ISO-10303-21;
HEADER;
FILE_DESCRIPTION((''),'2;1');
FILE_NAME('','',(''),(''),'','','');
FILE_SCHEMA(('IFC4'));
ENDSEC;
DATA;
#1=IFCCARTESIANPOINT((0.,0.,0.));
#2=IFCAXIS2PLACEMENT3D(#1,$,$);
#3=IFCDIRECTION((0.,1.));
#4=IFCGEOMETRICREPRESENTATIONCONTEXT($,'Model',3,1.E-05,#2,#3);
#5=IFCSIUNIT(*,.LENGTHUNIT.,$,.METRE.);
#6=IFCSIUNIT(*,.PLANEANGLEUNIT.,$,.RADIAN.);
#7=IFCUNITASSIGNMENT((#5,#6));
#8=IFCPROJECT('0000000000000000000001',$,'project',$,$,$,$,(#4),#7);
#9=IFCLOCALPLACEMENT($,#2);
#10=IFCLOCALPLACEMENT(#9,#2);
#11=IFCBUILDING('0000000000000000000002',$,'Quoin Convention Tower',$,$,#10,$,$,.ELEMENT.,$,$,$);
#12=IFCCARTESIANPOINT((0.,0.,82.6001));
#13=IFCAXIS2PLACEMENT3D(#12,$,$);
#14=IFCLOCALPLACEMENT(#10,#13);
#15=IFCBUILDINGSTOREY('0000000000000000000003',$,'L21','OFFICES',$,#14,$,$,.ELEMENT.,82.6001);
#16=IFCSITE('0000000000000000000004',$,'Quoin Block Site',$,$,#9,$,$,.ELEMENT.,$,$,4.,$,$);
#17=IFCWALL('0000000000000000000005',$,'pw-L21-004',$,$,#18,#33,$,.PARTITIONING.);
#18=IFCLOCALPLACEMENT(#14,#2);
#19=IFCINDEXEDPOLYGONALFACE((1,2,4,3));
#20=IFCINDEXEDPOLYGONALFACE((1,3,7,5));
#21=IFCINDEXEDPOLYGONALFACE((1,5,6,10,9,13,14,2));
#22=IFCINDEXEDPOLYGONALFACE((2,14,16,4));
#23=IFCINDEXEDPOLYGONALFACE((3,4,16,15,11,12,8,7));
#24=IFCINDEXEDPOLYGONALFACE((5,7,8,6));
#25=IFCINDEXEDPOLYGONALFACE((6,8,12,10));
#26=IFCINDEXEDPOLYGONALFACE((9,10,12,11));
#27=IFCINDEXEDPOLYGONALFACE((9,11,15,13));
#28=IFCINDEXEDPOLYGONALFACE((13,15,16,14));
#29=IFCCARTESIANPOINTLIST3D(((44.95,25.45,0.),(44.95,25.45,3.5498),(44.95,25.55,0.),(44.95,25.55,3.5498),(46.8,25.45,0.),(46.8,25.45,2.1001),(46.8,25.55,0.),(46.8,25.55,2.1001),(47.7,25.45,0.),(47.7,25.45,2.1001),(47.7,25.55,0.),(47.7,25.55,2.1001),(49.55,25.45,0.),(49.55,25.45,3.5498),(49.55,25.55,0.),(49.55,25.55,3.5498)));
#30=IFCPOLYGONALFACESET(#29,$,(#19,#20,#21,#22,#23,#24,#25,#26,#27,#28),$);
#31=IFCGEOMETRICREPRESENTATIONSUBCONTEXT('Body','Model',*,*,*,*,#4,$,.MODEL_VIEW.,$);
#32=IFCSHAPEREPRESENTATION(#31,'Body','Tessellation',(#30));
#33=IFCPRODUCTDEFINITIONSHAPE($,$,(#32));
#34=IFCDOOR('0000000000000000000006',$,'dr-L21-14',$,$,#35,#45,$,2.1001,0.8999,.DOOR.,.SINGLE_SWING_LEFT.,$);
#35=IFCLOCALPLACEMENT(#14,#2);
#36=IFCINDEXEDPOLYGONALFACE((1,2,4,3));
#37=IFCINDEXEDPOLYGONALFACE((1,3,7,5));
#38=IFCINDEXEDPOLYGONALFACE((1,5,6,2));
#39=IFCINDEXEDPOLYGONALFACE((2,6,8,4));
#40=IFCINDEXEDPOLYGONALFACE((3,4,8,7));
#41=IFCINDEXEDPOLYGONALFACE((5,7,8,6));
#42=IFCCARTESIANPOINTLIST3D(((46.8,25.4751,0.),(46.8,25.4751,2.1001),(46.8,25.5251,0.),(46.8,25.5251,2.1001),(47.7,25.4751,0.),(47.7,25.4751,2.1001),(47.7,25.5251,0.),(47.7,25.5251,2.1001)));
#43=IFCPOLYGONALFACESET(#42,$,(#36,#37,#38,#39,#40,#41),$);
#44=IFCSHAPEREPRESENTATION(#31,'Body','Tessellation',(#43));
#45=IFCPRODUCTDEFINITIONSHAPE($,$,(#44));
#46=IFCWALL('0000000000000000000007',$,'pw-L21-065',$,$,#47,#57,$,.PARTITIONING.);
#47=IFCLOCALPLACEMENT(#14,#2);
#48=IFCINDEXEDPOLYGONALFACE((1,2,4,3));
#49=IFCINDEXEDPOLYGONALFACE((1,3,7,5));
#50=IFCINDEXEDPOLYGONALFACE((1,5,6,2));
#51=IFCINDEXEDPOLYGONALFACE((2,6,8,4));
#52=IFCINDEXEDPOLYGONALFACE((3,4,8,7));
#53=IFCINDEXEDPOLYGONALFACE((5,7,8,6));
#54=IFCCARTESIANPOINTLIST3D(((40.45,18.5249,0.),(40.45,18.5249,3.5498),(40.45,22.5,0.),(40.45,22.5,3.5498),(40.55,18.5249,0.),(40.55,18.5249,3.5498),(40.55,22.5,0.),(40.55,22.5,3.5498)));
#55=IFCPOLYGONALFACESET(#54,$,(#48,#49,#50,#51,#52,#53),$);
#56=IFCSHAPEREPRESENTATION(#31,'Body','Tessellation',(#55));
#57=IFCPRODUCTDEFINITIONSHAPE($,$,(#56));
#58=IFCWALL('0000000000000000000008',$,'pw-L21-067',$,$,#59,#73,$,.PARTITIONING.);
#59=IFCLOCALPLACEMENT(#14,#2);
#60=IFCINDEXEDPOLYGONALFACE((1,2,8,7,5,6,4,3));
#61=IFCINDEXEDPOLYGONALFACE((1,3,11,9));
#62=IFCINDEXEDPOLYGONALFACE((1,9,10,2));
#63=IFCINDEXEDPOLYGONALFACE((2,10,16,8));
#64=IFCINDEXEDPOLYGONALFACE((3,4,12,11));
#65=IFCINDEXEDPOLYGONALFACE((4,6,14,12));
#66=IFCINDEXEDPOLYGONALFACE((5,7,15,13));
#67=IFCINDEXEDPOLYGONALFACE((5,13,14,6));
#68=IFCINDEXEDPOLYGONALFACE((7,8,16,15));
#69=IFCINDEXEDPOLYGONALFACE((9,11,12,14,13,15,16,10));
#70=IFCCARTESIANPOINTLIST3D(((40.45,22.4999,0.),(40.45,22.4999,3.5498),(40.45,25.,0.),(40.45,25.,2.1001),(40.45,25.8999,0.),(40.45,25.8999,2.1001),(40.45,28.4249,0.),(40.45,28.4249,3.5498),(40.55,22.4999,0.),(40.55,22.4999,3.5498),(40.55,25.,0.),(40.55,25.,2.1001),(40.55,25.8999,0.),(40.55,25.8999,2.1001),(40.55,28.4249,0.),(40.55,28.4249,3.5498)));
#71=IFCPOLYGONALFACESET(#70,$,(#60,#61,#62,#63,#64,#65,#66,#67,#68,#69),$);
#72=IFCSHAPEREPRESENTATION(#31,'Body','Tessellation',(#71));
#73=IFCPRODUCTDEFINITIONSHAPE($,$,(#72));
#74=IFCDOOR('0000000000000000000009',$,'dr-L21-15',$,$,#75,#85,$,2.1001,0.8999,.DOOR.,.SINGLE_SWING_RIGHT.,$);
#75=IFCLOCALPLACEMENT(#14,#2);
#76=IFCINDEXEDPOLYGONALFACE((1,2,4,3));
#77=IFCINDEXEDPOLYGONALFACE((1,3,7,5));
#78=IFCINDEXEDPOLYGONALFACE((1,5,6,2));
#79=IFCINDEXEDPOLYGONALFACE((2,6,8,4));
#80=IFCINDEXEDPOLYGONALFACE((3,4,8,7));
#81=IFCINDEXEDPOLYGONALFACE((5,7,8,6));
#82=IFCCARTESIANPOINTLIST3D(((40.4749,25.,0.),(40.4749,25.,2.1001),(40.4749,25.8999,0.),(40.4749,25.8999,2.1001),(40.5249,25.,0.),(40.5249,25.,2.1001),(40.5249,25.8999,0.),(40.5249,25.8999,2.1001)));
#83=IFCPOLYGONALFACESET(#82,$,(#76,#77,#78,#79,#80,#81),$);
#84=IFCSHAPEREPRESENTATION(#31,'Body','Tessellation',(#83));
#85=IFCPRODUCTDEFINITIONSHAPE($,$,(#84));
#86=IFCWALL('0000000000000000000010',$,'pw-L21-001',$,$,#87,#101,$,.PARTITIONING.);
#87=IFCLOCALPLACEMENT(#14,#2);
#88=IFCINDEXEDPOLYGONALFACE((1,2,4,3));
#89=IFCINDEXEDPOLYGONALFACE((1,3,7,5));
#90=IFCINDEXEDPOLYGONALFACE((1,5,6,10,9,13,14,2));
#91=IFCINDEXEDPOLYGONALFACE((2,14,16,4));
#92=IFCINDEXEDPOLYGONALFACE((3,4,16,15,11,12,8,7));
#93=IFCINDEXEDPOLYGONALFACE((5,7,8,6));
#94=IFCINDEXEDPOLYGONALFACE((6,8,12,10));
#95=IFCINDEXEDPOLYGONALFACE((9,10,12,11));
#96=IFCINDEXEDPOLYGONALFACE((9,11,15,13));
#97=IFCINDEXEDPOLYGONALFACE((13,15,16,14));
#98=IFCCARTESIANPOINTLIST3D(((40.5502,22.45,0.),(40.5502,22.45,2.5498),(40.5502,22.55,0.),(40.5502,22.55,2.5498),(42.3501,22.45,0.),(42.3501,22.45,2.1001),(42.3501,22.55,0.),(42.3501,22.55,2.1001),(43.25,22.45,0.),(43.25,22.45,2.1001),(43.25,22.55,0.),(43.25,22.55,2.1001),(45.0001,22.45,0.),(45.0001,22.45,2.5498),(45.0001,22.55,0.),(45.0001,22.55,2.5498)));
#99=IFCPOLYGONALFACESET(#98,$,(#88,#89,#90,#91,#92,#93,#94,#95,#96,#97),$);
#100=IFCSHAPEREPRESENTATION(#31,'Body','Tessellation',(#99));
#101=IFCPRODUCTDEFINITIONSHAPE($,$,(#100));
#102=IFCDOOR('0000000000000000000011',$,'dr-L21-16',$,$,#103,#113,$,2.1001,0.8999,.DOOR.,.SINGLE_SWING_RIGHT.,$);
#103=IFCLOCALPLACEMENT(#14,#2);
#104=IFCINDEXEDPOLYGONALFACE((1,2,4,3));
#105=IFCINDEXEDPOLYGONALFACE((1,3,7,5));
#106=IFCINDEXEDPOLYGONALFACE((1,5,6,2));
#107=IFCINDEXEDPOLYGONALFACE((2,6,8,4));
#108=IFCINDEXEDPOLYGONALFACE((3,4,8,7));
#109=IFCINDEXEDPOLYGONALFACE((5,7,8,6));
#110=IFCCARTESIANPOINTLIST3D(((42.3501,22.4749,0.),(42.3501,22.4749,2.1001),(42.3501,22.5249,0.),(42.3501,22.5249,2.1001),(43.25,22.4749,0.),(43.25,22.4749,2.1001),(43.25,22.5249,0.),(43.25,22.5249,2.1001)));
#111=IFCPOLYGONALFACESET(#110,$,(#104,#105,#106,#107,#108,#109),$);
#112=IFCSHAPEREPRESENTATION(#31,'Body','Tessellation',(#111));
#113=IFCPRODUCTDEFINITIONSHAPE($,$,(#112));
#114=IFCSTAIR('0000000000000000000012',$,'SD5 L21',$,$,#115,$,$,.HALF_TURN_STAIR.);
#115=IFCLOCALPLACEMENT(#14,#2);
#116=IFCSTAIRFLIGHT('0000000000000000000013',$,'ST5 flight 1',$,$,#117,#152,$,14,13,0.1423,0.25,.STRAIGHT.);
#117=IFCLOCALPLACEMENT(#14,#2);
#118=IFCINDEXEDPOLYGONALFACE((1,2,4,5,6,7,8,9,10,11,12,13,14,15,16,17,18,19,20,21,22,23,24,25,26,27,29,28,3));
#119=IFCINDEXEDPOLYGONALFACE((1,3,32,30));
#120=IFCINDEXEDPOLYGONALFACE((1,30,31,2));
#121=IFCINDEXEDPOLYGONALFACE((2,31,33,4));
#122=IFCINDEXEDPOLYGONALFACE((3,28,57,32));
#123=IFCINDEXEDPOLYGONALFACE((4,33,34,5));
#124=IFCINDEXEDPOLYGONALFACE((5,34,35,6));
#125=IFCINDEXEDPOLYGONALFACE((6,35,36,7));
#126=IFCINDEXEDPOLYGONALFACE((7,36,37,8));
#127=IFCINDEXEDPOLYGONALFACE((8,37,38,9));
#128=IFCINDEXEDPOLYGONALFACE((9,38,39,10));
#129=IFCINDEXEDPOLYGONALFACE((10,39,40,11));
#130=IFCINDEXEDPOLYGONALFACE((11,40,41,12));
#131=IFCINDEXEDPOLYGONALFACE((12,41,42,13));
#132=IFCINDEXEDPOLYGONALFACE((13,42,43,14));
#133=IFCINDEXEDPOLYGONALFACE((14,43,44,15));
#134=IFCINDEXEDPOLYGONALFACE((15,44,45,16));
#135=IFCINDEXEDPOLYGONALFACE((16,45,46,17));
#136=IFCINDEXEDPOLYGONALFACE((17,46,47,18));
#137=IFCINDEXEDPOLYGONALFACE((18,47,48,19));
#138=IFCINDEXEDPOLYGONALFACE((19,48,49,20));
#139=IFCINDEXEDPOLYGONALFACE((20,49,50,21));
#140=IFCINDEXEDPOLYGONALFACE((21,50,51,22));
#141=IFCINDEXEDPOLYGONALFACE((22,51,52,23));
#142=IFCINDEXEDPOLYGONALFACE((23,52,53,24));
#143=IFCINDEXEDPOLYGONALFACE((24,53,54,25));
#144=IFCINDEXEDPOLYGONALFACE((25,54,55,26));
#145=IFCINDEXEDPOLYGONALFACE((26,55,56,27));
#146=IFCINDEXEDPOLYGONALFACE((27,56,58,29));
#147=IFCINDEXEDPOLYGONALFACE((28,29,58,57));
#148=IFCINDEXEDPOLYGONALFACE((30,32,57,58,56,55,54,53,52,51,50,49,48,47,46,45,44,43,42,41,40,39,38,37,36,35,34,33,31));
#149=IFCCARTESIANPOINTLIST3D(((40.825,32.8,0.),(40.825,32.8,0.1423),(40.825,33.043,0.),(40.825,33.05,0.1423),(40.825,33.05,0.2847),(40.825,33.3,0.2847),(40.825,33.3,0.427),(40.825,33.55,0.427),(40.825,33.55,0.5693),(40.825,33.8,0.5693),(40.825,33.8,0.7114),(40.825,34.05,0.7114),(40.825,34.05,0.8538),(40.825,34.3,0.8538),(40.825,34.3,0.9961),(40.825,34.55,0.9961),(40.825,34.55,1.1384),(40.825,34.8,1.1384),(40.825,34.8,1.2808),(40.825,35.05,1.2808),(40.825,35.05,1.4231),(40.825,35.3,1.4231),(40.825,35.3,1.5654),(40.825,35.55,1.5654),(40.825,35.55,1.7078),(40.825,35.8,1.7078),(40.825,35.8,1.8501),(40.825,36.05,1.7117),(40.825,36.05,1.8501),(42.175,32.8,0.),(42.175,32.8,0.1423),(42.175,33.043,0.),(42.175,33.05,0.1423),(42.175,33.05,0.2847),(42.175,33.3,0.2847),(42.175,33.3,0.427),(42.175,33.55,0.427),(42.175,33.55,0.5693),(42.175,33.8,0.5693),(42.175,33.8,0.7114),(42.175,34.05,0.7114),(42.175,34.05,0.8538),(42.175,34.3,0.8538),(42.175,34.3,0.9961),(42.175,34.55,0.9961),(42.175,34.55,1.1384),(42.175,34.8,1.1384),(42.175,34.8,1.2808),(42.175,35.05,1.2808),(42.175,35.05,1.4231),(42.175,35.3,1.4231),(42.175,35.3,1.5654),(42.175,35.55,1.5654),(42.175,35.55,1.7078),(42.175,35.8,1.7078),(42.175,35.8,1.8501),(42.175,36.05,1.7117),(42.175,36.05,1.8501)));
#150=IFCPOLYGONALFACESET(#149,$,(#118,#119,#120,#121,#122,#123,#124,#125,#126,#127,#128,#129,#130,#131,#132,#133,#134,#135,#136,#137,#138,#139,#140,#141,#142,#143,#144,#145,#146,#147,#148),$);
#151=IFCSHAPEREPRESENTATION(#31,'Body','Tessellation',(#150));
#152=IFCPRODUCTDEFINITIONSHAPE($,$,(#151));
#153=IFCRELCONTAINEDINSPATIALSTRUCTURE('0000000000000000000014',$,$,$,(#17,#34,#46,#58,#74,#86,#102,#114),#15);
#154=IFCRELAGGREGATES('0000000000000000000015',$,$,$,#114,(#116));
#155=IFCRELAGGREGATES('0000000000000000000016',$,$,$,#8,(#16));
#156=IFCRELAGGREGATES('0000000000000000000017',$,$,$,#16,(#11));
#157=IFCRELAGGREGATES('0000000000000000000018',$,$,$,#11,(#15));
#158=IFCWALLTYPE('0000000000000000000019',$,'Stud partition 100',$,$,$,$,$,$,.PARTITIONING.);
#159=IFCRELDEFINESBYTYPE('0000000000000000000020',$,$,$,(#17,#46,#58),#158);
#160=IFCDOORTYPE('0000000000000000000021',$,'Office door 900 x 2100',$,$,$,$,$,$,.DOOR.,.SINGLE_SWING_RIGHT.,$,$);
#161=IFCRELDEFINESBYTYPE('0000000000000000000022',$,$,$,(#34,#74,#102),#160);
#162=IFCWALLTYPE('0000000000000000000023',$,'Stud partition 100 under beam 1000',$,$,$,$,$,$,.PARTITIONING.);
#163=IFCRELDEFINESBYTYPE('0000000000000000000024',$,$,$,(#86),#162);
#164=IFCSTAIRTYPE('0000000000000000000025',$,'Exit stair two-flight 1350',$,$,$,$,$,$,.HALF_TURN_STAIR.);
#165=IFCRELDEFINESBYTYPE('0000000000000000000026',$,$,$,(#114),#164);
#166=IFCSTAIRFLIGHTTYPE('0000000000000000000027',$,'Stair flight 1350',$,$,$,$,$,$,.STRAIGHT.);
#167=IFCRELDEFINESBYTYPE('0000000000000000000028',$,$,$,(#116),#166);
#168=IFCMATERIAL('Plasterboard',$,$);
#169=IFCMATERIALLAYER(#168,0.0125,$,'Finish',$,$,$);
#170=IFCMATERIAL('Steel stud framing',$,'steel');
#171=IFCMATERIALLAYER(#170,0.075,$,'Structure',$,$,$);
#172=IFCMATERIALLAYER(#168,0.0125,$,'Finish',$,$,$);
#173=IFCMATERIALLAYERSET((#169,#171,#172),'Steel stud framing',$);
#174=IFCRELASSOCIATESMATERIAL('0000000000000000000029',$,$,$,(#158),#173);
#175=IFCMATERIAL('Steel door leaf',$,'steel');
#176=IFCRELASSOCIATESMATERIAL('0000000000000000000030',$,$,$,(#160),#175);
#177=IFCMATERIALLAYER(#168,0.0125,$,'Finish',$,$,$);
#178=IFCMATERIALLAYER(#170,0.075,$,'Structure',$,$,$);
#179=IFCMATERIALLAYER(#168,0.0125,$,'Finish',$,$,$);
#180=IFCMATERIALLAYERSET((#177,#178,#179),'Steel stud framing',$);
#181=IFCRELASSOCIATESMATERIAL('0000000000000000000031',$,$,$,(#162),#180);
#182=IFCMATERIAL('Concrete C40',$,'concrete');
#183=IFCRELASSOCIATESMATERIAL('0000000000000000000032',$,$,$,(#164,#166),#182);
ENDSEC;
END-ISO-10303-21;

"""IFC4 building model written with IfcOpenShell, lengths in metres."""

from ifc_helpers import new_model, si_unit, direction, frame, frame_2d, origin, place, context, subcontext, project, spatial, polyline, rectangle, outline, extrude, material, layer, layer_set, type_object, element, fill, aggregate, save


model = new_model("IFC4")

# Units and contexts
model_context = context("Model", 3, precision=1e-05, world=origin(), true_north=direction((0.0, 1.0)))
body_context = subcontext(model_context, "Body", "Model", "MODEL_VIEW")
ifc_project = project(units=[si_unit("LENGTHUNIT", "METRE"), si_unit("PLANEANGLEUNIT", "RADIAN")], contexts=[model_context])

# Site, building, storey
site_placement = place(None, origin())
site = spatial("IfcSite", under=ifc_project, at=site_placement, Name="Quoin Block Site", CompositionType="ELEMENT", RefElevation=4.0)
building_placement = place(site_placement, origin())
building = spatial("IfcBuilding", under=site, at=building_placement, Name="Quoin Convention Tower", CompositionType="ELEMENT")
storey_placement = place(building_placement, frame((0.0, 0.0, 82.6001)))
storey = spatial("IfcBuildingStorey", under=building, at=storey_placement, Name="L21", Description="OFFICES", CompositionType="ELEMENT", Elevation=82.6001)

# Shared definitions
ifc_material_1 = material(Name="Plasterboard")
ifc_material_2 = material(Name="Steel stud framing", Category="steel")

# Wall, opening, door
ifc_material_3 = material(Name="Steel door leaf", Category="steel")
ifc_layer_1 = layer(ifc_material_1, 0.0125, Name="Finish")
ifc_layer_2 = layer(ifc_material_2, 0.075, Name="Structure")
ifc_layer_3 = layer(ifc_material_1, 0.0125, Name="Finish")
ifc_layer_set_1 = layer_set([ifc_layer_1, ifc_layer_2, ifc_layer_3], Name="Steel stud framing")
wall_type_1 = type_object("IfcWallType", Name="Stud partition 100", PredefinedType="PARTITIONING", material=ifc_layer_set_1)
wall_1_placement = place(storey_placement, frame((44.95, 25.5, 0.0), z_axis=(0.0, 0.0, 1.0), x_axis=(1.0, 0.0, 0.0)))
wall_1 = element("IfcWall", 1, at=wall_1_placement, inside=storey, type_object=wall_type_1, Name="pw-L21-004", PredefinedType="PARTITIONING", context=body_context, shape_type="SweptSolid", body=[
    extrude(rectangle(XDim=4.6001, YDim=0.1001, at=frame_2d((2.3, 0.0))), origin(), (0.0, 0.0, 1.0), 3.5498),
])
opening_1_placement = place(wall_1_placement, frame((1.8501, 0.0, 0.0)))
opening_1 = element("IfcOpeningElement", 2, at=opening_1_placement, cuts=wall_1, PredefinedType="OPENING", context=body_context, shape_type="SweptSolid", body=[
    extrude(rectangle(XDim=0.8999, YDim=2.1001, at=frame_2d((0.45, 1.05))), frame((0.0, 0.0601, 0.0), z_axis=(0.0, -1.0, 0.0), x_axis=(1.0, 0.0, 0.0)), (0.0, 0.0, 1.0), 0.1201),
])
door_type_1 = type_object("IfcDoorType", Name="Office door 900 x 2100", OperationType="SINGLE_SWING_RIGHT", PredefinedType="DOOR", material=ifc_material_3)
door_1_placement = place(opening_1_placement, frame((0.8999, 0.0, 0.0), z_axis=(0.0, 0.0, 1.0), x_axis=(-1.0, 0.0, 0.0)))
door_1 = element("IfcDoor", 3, at=door_1_placement, inside=storey, type_object=door_type_1, Name="dr-L21-14", OperationType="SINGLE_SWING_LEFT", OverallHeight=2.1001, OverallWidth=0.8999, PredefinedType="DOOR", context=body_context, shape_type="SweptSolid", body=[
    extrude(rectangle(XDim=0.8999, YDim=2.1001, at=frame_2d((0.45, 1.05))), frame((0.0, 0.0249, 0.0), z_axis=(0.0, -1.0, 0.0), x_axis=(1.0, 0.0, 0.0)), (0.0, 0.0, 1.0), 0.05),
])
fill(opening_1, door_1)

# Wall
wall_2_placement = place(storey_placement, frame((40.5, 18.5249, 0.0), z_axis=(0.0, 0.0, 1.0), x_axis=(0.0, 1.0, 0.0)))
element("IfcWall", 4, at=wall_2_placement, inside=storey, type_object=wall_type_1, Name="pw-L21-065", PredefinedType="PARTITIONING", context=body_context, shape_type="SweptSolid", body=[
    extrude(rectangle(XDim=3.9751, YDim=0.1001, at=frame_2d((1.9875, 0.0))), origin(), (0.0, 0.0, 1.0), 3.5498),
])

# Walls, openings, doors
wall_3_placement = place(storey_placement, frame((40.5, 22.5, 0.0), z_axis=(0.0, 0.0, 1.0), x_axis=(0.0, 1.0, 0.0)))
wall_3 = element("IfcWall", 5, at=wall_3_placement, inside=storey, type_object=wall_type_1, Name="pw-L21-067", PredefinedType="PARTITIONING", context=body_context, shape_type="SweptSolid", body=[
    extrude(rectangle(XDim=5.925, YDim=0.1001, at=frame_2d((2.9624, 0.0))), origin(), (0.0, 0.0, 1.0), 3.5498),
])
opening_2_placement = place(wall_3_placement, frame((2.5, 0.0, 0.0)))
opening_2 = element("IfcOpeningElement", 6, at=opening_2_placement, cuts=wall_3, PredefinedType="OPENING", context=body_context, shape_type="SweptSolid", body=[
    extrude(rectangle(XDim=0.8999, YDim=2.1001, at=frame_2d((0.45, 1.05))), frame((0.0, 0.0601, 0.0), z_axis=(0.0, -1.0, 0.0), x_axis=(1.0, 0.0, 0.0)), (0.0, 0.0, 1.0), 0.1201),
])
door_2_placement = place(opening_2_placement, frame((0.8999, 0.0, 0.0), z_axis=(0.0, 0.0, 1.0), x_axis=(-1.0, 0.0, 0.0)))
door_2 = element("IfcDoor", 7, at=door_2_placement, inside=storey, type_object=door_type_1, Name="dr-L21-15", OperationType="SINGLE_SWING_RIGHT", OverallHeight=2.1001, OverallWidth=0.8999, PredefinedType="DOOR", context=body_context, shape_type="SweptSolid", body=[
    extrude(rectangle(XDim=0.8999, YDim=2.1001, at=frame_2d((0.45, 1.05))), frame((0.0, 0.0249, 0.0), z_axis=(0.0, -1.0, 0.0), x_axis=(1.0, 0.0, 0.0)), (0.0, 0.0, 1.0), 0.05),
])
fill(opening_2, door_2)
ifc_layer_4 = layer(ifc_material_1, 0.0125, Name="Finish")
ifc_layer_5 = layer(ifc_material_2, 0.075, Name="Structure")
ifc_layer_6 = layer(ifc_material_1, 0.0125, Name="Finish")
ifc_layer_set_2 = layer_set([ifc_layer_4, ifc_layer_5, ifc_layer_6], Name="Steel stud framing")
wall_type_2 = type_object("IfcWallType", Name="Stud partition 100 under beam 1000", PredefinedType="PARTITIONING", material=ifc_layer_set_2)
wall_4_placement = place(storey_placement, frame((40.55, 22.5, 0.0), z_axis=(0.0, 0.0, 1.0), x_axis=(1.0, 0.0, 0.0)))
wall_4 = element("IfcWall", 8, at=wall_4_placement, inside=storey, type_object=wall_type_2, Name="pw-L21-001", PredefinedType="PARTITIONING", context=body_context, shape_type="SweptSolid", body=[
    extrude(rectangle(XDim=4.45, YDim=0.1001, at=frame_2d((2.2251, 0.0))), origin(), (0.0, 0.0, 1.0), 2.5498),
])
opening_3_placement = place(wall_4_placement, frame((1.8, 0.0, 0.0)))
opening_3 = element("IfcOpeningElement", 9, at=opening_3_placement, cuts=wall_4, PredefinedType="OPENING", context=body_context, shape_type="SweptSolid", body=[
    extrude(rectangle(XDim=0.8999, YDim=2.1001, at=frame_2d((0.45, 1.05))), frame((0.0, 0.0601, 0.0), z_axis=(0.0, -1.0, 0.0), x_axis=(1.0, 0.0, 0.0)), (0.0, 0.0, 1.0), 0.1201),
])
door_3_placement = place(opening_3_placement, origin())
door_3 = element("IfcDoor", 10, at=door_3_placement, inside=storey, type_object=door_type_1, Name="dr-L21-16", OperationType="SINGLE_SWING_RIGHT", OverallHeight=2.1001, OverallWidth=0.8999, PredefinedType="DOOR", context=body_context, shape_type="SweptSolid", body=[
    extrude(rectangle(XDim=0.8999, YDim=2.1001, at=frame_2d((0.45, 1.05))), frame((0.0, 0.0249, 0.0), z_axis=(0.0, -1.0, 0.0), x_axis=(1.0, 0.0, 0.0)), (0.0, 0.0, 1.0), 0.05),
])
fill(opening_3, door_3)

# Stair, stair flight
ifc_material_4 = material(Name="Concrete C40", Category="concrete")
stair_type = type_object("IfcStairType", Name="Exit stair two-flight 1350", PredefinedType="HALF_TURN_STAIR", material=ifc_material_4)
stair_placement = place(storey_placement, origin())
stair = element("IfcStair", 11, at=stair_placement, inside=storey, type_object=stair_type, Name="SD5 L21", PredefinedType="HALF_TURN_STAIR")
stair_flight_type = type_object("IfcStairFlightType", Name="Stair flight 1350", PredefinedType="STRAIGHT", material=ifc_material_4)
stair_flight_1_placement = place(storey_placement, frame((41.5, 32.8, 0.0), z_axis=(0.0, 0.0, 1.0), x_axis=(0.0, 1.0, 0.0)))
stair_flight_1 = element("IfcStairFlight", 12, at=stair_flight_1_placement, type_object=stair_flight_type, Name="ST5 flight 1", NumberOfRisers=14, NumberOfTreads=13, PredefinedType="STRAIGHT", RiserHeight=0.1423, TreadLength=0.25, context=body_context, shape_type="SweptSolid", body=[
    extrude(outline(polyline([(0.0, 0.0), (0.0, 0.1423), (0.25, 0.1423), (0.25, 0.2847), (0.5, 0.2847), (0.5, 0.427), (0.75, 0.427), (0.75, 0.5693), (1.0, 0.5693), (1.0, 0.7114), (1.25, 0.7114), (1.25, 0.8538), (1.5, 0.8538), (1.5, 0.9961), (1.75, 0.9961), (1.75, 1.1384), (2.0, 1.1384), (2.0, 1.2808), (2.25, 1.2808), (2.25, 1.4231), (2.5, 1.4231), (2.5, 1.5654), (2.75, 1.5654), (2.75, 1.7078), (3.0, 1.7078), (3.0, 1.8501), (3.25, 1.8501), (3.25, 1.9922), (3.25, 1.7117), (0.2429, 0.0), (0.0, 0.0)])), frame((0.0, 0.675, 0.0), z_axis=(0.0, -1.0, 0.0), x_axis=(1.0, 0.0, 0.0)), (0.0, 0.0, 1.0), 1.3501),
])
aggregate(stair, [stair_flight_1])

save(model, "model.ifc")
